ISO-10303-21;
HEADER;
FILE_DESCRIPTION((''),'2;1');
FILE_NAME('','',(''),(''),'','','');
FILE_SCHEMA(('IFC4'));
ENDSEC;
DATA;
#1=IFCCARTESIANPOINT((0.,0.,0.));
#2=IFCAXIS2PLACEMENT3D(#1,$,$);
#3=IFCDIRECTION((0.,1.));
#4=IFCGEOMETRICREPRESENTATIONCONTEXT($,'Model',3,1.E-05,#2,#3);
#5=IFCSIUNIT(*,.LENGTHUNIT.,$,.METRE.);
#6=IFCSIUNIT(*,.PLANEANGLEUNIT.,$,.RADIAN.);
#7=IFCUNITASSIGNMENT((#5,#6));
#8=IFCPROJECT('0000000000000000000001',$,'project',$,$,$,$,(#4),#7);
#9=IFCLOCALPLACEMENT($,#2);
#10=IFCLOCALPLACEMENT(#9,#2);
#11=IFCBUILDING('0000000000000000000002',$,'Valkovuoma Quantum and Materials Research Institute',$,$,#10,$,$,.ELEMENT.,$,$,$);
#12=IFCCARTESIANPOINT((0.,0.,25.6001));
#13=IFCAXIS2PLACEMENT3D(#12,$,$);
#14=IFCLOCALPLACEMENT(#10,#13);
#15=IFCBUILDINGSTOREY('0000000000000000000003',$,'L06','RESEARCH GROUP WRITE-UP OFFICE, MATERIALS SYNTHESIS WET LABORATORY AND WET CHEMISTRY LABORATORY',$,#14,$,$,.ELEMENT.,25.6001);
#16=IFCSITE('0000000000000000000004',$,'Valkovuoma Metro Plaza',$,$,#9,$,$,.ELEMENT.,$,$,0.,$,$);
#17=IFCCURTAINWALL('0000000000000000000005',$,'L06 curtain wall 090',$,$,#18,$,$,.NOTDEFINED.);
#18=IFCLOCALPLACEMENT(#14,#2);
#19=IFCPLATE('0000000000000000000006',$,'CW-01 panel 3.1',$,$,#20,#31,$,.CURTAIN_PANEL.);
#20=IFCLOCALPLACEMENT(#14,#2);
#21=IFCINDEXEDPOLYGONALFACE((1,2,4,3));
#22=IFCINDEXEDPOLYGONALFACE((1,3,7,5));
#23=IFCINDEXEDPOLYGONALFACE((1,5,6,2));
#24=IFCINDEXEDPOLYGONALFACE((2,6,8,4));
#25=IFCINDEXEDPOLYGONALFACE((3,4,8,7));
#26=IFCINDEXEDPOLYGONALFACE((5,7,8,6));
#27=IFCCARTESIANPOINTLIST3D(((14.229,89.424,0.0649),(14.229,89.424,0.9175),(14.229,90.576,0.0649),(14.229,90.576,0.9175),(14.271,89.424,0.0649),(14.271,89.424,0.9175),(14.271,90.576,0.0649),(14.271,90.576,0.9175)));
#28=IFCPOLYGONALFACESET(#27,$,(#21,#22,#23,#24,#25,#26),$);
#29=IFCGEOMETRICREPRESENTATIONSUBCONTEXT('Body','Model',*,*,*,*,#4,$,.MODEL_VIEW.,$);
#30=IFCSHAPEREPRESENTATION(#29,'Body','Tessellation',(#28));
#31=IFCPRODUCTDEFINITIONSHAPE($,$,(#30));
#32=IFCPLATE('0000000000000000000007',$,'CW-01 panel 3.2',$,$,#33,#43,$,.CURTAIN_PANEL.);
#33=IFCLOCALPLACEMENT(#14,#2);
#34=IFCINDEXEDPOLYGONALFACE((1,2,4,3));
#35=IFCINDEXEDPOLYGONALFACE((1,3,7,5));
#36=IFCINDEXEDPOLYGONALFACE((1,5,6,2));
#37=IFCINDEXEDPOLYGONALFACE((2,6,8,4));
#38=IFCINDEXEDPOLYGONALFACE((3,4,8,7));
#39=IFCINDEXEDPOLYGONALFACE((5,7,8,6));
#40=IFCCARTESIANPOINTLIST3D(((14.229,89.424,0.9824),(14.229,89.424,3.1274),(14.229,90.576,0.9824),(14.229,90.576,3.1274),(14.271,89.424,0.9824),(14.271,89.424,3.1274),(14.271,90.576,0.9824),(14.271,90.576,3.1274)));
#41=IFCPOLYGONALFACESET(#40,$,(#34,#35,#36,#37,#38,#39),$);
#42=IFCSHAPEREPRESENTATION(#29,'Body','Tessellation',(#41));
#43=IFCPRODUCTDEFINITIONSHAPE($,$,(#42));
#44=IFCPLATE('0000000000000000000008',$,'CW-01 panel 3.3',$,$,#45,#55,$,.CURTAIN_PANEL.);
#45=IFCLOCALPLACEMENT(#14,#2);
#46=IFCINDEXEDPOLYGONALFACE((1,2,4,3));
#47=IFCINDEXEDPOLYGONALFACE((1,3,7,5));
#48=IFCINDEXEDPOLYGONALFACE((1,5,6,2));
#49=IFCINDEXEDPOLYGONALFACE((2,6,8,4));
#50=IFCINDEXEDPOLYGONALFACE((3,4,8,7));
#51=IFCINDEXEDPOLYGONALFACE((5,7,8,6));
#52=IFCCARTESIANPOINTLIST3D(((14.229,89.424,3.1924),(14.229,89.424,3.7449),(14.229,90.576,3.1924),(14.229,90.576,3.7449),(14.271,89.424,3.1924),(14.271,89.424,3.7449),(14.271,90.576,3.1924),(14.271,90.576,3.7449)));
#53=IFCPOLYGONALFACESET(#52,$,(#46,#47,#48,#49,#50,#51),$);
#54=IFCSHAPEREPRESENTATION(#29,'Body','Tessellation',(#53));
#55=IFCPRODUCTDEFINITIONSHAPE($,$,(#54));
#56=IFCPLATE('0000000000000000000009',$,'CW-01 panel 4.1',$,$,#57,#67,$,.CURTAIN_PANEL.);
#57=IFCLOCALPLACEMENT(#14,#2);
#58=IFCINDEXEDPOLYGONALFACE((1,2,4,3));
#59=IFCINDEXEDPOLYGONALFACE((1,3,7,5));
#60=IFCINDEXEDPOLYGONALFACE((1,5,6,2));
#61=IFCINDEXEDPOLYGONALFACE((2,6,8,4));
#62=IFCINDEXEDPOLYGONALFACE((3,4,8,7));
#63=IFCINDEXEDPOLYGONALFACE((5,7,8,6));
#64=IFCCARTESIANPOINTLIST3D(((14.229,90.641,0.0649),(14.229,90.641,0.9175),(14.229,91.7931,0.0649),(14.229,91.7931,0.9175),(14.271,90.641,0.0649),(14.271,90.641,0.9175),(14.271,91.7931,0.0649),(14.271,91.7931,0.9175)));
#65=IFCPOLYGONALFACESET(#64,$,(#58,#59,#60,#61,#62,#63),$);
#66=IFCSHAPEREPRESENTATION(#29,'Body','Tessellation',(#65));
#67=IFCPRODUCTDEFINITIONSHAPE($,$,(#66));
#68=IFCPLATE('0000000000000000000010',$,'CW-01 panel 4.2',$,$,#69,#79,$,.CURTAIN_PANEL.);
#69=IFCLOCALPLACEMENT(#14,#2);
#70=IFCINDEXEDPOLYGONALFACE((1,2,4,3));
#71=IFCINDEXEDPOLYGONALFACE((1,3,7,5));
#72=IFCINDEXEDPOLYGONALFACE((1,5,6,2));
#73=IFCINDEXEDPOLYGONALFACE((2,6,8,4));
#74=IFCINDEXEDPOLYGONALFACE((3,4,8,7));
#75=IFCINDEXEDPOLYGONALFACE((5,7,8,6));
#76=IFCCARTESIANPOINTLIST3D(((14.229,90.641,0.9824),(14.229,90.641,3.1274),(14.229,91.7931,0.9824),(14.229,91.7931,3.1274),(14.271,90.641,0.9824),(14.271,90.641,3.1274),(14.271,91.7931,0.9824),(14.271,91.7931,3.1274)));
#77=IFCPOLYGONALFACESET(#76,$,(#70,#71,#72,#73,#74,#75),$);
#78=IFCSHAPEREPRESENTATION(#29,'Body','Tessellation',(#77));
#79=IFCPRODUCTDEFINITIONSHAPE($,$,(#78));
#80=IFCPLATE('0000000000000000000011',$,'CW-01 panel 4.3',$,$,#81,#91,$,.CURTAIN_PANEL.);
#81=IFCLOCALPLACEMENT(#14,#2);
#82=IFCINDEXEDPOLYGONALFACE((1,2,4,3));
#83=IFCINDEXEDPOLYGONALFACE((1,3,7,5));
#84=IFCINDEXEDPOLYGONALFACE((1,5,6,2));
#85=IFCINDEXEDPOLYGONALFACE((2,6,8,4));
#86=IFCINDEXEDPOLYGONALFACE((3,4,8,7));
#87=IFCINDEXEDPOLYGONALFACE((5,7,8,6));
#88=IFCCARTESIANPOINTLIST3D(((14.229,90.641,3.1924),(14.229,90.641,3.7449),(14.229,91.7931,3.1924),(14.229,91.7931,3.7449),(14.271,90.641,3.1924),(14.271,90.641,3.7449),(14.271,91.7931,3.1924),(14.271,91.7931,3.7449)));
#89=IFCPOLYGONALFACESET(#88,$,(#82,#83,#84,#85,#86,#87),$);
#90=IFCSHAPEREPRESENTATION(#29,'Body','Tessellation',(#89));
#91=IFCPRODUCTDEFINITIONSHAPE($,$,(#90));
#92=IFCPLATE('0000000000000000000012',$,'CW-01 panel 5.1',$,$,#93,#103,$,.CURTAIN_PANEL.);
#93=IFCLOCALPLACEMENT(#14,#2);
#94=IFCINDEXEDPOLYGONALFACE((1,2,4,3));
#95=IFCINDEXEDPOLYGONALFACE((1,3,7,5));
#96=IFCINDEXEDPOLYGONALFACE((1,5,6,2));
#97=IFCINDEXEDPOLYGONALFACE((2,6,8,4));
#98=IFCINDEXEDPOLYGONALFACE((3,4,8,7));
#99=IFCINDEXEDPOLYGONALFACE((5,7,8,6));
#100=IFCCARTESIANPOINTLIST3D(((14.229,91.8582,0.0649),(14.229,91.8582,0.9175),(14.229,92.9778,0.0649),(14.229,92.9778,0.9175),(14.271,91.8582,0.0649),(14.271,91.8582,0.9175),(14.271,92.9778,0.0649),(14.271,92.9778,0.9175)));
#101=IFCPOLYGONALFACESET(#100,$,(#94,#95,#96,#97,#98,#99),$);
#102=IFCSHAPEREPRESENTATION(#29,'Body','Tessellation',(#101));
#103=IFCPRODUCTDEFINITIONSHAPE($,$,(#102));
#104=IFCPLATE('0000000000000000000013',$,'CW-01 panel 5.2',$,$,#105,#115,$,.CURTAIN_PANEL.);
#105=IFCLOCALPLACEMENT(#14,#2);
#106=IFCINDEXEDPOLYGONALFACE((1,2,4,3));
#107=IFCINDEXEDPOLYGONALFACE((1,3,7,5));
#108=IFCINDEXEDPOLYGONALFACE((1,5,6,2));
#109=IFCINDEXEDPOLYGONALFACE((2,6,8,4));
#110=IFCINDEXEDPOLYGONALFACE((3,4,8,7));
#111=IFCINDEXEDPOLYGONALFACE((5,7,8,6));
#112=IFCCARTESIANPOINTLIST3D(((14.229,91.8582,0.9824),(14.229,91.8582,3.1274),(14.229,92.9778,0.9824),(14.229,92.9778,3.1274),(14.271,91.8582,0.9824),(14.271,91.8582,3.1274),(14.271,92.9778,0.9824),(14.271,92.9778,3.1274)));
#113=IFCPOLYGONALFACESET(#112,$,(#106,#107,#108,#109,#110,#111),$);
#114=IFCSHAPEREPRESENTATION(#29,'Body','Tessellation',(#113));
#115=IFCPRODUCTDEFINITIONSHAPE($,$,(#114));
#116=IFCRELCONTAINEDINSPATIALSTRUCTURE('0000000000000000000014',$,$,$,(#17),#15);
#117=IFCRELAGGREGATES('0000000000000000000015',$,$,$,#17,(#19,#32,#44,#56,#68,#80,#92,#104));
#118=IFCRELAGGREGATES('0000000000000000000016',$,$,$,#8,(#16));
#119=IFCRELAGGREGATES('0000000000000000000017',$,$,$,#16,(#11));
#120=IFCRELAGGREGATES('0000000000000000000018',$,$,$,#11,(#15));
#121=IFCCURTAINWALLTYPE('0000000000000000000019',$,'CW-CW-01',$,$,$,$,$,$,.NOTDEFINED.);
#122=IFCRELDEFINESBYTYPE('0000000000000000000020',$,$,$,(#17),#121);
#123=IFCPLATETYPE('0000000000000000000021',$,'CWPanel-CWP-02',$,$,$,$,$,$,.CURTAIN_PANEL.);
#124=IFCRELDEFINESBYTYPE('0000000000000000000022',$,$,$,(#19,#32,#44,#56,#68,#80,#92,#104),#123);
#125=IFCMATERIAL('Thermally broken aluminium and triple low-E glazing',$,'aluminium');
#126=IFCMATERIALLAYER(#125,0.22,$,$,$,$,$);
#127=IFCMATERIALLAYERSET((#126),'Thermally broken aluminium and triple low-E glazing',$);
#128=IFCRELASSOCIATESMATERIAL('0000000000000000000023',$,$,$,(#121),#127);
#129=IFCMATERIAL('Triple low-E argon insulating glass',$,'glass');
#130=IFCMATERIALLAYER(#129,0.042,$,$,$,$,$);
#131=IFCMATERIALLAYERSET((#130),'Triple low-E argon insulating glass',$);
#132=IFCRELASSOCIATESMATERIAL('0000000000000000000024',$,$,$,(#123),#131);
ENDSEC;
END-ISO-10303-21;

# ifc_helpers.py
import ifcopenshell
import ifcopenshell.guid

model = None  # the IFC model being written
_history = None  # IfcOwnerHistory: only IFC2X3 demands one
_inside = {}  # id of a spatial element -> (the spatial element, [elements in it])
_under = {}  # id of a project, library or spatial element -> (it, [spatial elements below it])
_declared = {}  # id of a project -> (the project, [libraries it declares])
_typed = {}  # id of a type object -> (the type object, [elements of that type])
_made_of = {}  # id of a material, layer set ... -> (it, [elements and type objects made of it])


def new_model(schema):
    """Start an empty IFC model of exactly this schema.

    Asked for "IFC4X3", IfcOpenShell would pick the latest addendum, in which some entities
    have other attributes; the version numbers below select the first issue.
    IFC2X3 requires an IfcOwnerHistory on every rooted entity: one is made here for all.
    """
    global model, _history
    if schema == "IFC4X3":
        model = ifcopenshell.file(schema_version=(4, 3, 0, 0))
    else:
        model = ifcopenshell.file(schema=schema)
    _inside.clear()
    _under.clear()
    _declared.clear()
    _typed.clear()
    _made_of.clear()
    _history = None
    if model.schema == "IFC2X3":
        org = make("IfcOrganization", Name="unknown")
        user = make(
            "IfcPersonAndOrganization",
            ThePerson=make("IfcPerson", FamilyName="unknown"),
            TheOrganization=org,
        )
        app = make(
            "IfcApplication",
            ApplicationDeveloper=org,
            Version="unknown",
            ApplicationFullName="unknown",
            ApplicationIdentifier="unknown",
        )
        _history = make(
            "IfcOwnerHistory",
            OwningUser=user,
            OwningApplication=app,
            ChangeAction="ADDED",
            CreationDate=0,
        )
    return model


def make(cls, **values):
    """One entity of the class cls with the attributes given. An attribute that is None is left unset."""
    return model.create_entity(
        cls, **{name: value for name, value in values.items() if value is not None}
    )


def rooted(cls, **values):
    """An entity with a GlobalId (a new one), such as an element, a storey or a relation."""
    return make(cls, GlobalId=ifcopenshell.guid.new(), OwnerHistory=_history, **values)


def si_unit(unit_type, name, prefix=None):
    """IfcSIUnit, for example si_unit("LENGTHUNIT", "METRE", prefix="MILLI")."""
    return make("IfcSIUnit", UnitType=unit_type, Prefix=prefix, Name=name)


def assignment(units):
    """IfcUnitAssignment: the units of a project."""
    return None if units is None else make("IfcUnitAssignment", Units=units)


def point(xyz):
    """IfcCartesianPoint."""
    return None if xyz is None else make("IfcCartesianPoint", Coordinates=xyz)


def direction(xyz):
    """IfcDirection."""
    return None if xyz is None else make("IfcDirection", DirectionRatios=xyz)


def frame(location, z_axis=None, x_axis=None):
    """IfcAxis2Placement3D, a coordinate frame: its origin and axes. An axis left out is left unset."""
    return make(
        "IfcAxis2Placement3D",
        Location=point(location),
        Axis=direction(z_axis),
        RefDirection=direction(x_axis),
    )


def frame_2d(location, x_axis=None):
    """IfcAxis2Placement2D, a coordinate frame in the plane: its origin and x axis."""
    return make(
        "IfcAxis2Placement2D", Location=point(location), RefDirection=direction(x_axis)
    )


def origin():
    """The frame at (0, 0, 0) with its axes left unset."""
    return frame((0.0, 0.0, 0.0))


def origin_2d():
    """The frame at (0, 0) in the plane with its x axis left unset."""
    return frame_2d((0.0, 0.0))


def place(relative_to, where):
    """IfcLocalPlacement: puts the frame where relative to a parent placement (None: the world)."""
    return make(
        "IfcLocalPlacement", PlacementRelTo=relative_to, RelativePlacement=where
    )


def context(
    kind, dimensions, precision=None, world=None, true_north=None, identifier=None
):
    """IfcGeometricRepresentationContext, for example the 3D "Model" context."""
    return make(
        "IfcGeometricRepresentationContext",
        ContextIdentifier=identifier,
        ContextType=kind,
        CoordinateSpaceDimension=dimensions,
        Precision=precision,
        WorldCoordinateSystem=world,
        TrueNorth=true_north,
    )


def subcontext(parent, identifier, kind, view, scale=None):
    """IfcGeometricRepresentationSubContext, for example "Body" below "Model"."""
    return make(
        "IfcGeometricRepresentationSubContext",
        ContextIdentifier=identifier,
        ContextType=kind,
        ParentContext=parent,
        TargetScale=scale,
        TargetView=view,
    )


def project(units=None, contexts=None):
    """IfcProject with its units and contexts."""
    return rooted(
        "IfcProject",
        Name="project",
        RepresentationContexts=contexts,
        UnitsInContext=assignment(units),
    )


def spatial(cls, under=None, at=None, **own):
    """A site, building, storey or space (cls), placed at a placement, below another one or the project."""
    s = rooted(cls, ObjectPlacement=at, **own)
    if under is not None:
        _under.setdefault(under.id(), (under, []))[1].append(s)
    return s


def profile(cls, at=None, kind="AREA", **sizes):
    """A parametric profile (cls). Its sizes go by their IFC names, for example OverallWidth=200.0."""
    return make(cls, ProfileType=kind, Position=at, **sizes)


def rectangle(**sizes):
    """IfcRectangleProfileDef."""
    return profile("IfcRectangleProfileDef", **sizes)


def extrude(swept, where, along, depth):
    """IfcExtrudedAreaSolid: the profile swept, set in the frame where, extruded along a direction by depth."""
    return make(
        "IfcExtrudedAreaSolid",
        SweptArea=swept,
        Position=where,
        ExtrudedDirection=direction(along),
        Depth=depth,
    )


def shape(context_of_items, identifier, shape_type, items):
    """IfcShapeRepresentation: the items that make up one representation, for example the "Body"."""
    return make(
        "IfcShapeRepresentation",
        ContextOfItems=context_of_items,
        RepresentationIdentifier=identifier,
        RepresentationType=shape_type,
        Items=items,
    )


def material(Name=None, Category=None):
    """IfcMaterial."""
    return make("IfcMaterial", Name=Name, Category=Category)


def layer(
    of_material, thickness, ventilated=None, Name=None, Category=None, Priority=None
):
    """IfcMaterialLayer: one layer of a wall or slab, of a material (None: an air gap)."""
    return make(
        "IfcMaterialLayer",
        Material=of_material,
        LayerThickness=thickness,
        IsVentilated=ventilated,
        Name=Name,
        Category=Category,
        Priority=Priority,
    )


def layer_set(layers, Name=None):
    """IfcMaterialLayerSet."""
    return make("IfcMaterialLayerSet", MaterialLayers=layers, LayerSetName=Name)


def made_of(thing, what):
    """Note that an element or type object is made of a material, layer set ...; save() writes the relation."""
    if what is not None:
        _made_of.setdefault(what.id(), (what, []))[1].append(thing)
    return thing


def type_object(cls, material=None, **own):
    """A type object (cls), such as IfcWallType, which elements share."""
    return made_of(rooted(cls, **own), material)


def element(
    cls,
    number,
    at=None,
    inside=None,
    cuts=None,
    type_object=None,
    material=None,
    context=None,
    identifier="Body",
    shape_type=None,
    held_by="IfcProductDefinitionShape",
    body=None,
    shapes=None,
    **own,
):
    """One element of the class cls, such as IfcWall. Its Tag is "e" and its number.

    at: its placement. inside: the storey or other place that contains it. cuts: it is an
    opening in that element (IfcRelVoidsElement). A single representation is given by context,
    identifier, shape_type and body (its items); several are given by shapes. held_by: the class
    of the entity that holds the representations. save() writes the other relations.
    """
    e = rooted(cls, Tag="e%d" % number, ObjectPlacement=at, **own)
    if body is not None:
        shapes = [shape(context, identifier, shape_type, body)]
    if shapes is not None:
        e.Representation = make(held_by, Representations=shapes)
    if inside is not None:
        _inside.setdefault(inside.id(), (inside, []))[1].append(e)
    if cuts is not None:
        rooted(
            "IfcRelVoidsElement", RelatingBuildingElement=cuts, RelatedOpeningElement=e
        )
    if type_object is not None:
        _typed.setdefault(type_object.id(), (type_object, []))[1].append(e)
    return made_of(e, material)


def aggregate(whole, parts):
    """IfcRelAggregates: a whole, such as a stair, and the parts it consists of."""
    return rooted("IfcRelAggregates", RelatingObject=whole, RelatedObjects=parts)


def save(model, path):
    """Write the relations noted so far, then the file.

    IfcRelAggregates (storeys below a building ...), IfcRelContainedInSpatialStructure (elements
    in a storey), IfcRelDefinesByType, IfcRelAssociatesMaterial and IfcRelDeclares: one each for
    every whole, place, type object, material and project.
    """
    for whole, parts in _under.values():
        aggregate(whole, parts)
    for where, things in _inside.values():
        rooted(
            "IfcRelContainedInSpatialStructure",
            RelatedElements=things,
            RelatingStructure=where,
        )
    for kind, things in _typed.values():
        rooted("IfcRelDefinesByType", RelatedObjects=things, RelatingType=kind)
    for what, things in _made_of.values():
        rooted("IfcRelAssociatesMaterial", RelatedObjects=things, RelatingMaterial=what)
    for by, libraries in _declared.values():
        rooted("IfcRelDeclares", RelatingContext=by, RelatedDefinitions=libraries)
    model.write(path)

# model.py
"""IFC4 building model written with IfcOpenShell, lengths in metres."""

from ifc_helpers import new_model, si_unit, direction, frame, origin, origin_2d, place, context, subcontext, project, spatial, rectangle, extrude, material, layer, layer_set, type_object, element, aggregate, save


model = new_model("IFC4")

# Units and contexts
model_context = context("Model", 3, precision=1e-05, world=origin(), true_north=direction((0.0, 1.0)))
body_context = subcontext(model_context, "Body", "Model", "MODEL_VIEW")
ifc_project = project(units=[si_unit("LENGTHUNIT", "METRE"), si_unit("PLANEANGLEUNIT", "RADIAN")], contexts=[model_context])

# Site, building, storey
site_placement = place(None, origin())
site = spatial("IfcSite", under=ifc_project, at=site_placement, Name="Valkovuoma Metro Plaza", CompositionType="ELEMENT", RefElevation=0.0)
building_placement = place(site_placement, origin())
building = spatial("IfcBuilding", under=site, at=building_placement, Name="Valkovuoma Quantum and Materials Research Institute", CompositionType="ELEMENT")
storey_placement = place(building_placement, frame((0.0, 0.0, 25.6001)))
storey = spatial("IfcBuildingStorey", under=building, at=storey_placement, Name="L06", Description="RESEARCH GROUP WRITE-UP OFFICE, MATERIALS SYNTHESIS WET LABORATORY AND WET CHEMISTRY LABORATORY", CompositionType="ELEMENT", Elevation=25.6001)

# Curtain wall, plates
ifc_material_1 = material(Name="Thermally broken aluminium and triple low-E glazing", Category="aluminium")
ifc_layer_1 = layer(ifc_material_1, 0.22)
ifc_layer_set_1 = layer_set([ifc_layer_1], Name="Thermally broken aluminium and triple low-E glazing")
curtain_wall_type = type_object("IfcCurtainWallType", Name="CW-CW-01", PredefinedType="NOTDEFINED", material=ifc_layer_set_1)
curtain_wall_placement = place(storey_placement, origin())
curtain_wall = element("IfcCurtainWall", 1, at=curtain_wall_placement, inside=storey, type_object=curtain_wall_type, Name="L06 curtain wall 090", PredefinedType="NOTDEFINED")
ifc_material_2 = material(Name="Triple low-E argon insulating glass", Category="glass")
ifc_layer_2 = layer(ifc_material_2, 0.042)
ifc_layer_set_2 = layer_set([ifc_layer_2], Name="Triple low-E argon insulating glass")
plate_type = type_object("IfcPlateType", Name="CWPanel-CWP-02", PredefinedType="CURTAIN_PANEL", material=ifc_layer_set_2)
plate_1_placement = place(storey_placement, frame((14.25, 90.0, 0.0649), z_axis=(0.0, 0.0, 1.0), x_axis=(0.0, 1.0, 0.0)))
plate_1 = element("IfcPlate", 2, at=plate_1_placement, type_object=plate_type, Name="CW-01 panel 3.1", PredefinedType="CURTAIN_PANEL", context=body_context, shape_type="SweptSolid", body=[
    extrude(rectangle(XDim=1.1521, YDim=0.042, at=origin_2d()), origin(), (0.0, 0.0, 1.0), 0.8525),
])
plate_2_placement = place(storey_placement, frame((14.25, 90.0, 0.9824), z_axis=(0.0, 0.0, 1.0), x_axis=(0.0, 1.0, 0.0)))
plate_2 = element("IfcPlate", 3, at=plate_2_placement, type_object=plate_type, Name="CW-01 panel 3.2", PredefinedType="CURTAIN_PANEL", context=body_context, shape_type="SweptSolid", body=[
    extrude(rectangle(XDim=1.1521, YDim=0.042, at=origin_2d()), origin(), (0.0, 0.0, 1.0), 2.145),
])
plate_3_placement = place(storey_placement, frame((14.25, 90.0, 3.1924), z_axis=(0.0, 0.0, 1.0), x_axis=(0.0, 1.0, 0.0)))
plate_3 = element("IfcPlate", 4, at=plate_3_placement, type_object=plate_type, Name="CW-01 panel 3.3", PredefinedType="CURTAIN_PANEL", context=body_context, shape_type="SweptSolid", body=[
    extrude(rectangle(XDim=1.1521, YDim=0.042, at=origin_2d()), origin(), (0.0, 0.0, 1.0), 0.5525),
])
plate_4_placement = place(storey_placement, frame((14.25, 91.217, 0.0649), z_axis=(0.0, 0.0, 1.0), x_axis=(0.0, 1.0, 0.0)))
plate_4 = element("IfcPlate", 5, at=plate_4_placement, type_object=plate_type, Name="CW-01 panel 4.1", PredefinedType="CURTAIN_PANEL", context=body_context, shape_type="SweptSolid", body=[
    extrude(rectangle(XDim=1.1521, YDim=0.042, at=origin_2d()), origin(), (0.0, 0.0, 1.0), 0.8525),
])
plate_5_placement = place(storey_placement, frame((14.25, 91.217, 0.9824), z_axis=(0.0, 0.0, 1.0), x_axis=(0.0, 1.0, 0.0)))
plate_5 = element("IfcPlate", 6, at=plate_5_placement, type_object=plate_type, Name="CW-01 panel 4.2", PredefinedType="CURTAIN_PANEL", context=body_context, shape_type="SweptSolid", body=[
    extrude(rectangle(XDim=1.1521, YDim=0.042, at=origin_2d()), origin(), (0.0, 0.0, 1.0), 2.145),
])
plate_6_placement = place(storey_placement, frame((14.25, 91.217, 3.1924), z_axis=(0.0, 0.0, 1.0), x_axis=(0.0, 1.0, 0.0)))
plate_6 = element("IfcPlate", 7, at=plate_6_placement, type_object=plate_type, Name="CW-01 panel 4.3", PredefinedType="CURTAIN_PANEL", context=body_context, shape_type="SweptSolid", body=[
    extrude(rectangle(XDim=1.1521, YDim=0.042, at=origin_2d()), origin(), (0.0, 0.0, 1.0), 0.5525),
])
plate_7_placement = place(storey_placement, frame((14.25, 92.418, 0.0649), z_axis=(0.0, 0.0, 1.0), x_axis=(0.0, 1.0, 0.0)))
plate_7 = element("IfcPlate", 8, at=plate_7_placement, type_object=plate_type, Name="CW-01 panel 5.1", PredefinedType="CURTAIN_PANEL", context=body_context, shape_type="SweptSolid", body=[
    extrude(rectangle(XDim=1.1196, YDim=0.042, at=origin_2d()), origin(), (0.0, 0.0, 1.0), 0.8525),
])
plate_8_placement = place(storey_placement, frame((14.25, 92.418, 0.9824), z_axis=(0.0, 0.0, 1.0), x_axis=(0.0, 1.0, 0.0)))
plate_8 = element("IfcPlate", 9, at=plate_8_placement, type_object=plate_type, Name="CW-01 panel 5.2", PredefinedType="CURTAIN_PANEL", context=body_context, shape_type="SweptSolid", body=[
    extrude(rectangle(XDim=1.1196, YDim=0.042, at=origin_2d()), origin(), (0.0, 0.0, 1.0), 2.145),
])
aggregate(curtain_wall, [plate_1, plate_2, plate_3, plate_4, plate_5, plate_6, plate_7, plate_8])

save(model, "model.ifc")
